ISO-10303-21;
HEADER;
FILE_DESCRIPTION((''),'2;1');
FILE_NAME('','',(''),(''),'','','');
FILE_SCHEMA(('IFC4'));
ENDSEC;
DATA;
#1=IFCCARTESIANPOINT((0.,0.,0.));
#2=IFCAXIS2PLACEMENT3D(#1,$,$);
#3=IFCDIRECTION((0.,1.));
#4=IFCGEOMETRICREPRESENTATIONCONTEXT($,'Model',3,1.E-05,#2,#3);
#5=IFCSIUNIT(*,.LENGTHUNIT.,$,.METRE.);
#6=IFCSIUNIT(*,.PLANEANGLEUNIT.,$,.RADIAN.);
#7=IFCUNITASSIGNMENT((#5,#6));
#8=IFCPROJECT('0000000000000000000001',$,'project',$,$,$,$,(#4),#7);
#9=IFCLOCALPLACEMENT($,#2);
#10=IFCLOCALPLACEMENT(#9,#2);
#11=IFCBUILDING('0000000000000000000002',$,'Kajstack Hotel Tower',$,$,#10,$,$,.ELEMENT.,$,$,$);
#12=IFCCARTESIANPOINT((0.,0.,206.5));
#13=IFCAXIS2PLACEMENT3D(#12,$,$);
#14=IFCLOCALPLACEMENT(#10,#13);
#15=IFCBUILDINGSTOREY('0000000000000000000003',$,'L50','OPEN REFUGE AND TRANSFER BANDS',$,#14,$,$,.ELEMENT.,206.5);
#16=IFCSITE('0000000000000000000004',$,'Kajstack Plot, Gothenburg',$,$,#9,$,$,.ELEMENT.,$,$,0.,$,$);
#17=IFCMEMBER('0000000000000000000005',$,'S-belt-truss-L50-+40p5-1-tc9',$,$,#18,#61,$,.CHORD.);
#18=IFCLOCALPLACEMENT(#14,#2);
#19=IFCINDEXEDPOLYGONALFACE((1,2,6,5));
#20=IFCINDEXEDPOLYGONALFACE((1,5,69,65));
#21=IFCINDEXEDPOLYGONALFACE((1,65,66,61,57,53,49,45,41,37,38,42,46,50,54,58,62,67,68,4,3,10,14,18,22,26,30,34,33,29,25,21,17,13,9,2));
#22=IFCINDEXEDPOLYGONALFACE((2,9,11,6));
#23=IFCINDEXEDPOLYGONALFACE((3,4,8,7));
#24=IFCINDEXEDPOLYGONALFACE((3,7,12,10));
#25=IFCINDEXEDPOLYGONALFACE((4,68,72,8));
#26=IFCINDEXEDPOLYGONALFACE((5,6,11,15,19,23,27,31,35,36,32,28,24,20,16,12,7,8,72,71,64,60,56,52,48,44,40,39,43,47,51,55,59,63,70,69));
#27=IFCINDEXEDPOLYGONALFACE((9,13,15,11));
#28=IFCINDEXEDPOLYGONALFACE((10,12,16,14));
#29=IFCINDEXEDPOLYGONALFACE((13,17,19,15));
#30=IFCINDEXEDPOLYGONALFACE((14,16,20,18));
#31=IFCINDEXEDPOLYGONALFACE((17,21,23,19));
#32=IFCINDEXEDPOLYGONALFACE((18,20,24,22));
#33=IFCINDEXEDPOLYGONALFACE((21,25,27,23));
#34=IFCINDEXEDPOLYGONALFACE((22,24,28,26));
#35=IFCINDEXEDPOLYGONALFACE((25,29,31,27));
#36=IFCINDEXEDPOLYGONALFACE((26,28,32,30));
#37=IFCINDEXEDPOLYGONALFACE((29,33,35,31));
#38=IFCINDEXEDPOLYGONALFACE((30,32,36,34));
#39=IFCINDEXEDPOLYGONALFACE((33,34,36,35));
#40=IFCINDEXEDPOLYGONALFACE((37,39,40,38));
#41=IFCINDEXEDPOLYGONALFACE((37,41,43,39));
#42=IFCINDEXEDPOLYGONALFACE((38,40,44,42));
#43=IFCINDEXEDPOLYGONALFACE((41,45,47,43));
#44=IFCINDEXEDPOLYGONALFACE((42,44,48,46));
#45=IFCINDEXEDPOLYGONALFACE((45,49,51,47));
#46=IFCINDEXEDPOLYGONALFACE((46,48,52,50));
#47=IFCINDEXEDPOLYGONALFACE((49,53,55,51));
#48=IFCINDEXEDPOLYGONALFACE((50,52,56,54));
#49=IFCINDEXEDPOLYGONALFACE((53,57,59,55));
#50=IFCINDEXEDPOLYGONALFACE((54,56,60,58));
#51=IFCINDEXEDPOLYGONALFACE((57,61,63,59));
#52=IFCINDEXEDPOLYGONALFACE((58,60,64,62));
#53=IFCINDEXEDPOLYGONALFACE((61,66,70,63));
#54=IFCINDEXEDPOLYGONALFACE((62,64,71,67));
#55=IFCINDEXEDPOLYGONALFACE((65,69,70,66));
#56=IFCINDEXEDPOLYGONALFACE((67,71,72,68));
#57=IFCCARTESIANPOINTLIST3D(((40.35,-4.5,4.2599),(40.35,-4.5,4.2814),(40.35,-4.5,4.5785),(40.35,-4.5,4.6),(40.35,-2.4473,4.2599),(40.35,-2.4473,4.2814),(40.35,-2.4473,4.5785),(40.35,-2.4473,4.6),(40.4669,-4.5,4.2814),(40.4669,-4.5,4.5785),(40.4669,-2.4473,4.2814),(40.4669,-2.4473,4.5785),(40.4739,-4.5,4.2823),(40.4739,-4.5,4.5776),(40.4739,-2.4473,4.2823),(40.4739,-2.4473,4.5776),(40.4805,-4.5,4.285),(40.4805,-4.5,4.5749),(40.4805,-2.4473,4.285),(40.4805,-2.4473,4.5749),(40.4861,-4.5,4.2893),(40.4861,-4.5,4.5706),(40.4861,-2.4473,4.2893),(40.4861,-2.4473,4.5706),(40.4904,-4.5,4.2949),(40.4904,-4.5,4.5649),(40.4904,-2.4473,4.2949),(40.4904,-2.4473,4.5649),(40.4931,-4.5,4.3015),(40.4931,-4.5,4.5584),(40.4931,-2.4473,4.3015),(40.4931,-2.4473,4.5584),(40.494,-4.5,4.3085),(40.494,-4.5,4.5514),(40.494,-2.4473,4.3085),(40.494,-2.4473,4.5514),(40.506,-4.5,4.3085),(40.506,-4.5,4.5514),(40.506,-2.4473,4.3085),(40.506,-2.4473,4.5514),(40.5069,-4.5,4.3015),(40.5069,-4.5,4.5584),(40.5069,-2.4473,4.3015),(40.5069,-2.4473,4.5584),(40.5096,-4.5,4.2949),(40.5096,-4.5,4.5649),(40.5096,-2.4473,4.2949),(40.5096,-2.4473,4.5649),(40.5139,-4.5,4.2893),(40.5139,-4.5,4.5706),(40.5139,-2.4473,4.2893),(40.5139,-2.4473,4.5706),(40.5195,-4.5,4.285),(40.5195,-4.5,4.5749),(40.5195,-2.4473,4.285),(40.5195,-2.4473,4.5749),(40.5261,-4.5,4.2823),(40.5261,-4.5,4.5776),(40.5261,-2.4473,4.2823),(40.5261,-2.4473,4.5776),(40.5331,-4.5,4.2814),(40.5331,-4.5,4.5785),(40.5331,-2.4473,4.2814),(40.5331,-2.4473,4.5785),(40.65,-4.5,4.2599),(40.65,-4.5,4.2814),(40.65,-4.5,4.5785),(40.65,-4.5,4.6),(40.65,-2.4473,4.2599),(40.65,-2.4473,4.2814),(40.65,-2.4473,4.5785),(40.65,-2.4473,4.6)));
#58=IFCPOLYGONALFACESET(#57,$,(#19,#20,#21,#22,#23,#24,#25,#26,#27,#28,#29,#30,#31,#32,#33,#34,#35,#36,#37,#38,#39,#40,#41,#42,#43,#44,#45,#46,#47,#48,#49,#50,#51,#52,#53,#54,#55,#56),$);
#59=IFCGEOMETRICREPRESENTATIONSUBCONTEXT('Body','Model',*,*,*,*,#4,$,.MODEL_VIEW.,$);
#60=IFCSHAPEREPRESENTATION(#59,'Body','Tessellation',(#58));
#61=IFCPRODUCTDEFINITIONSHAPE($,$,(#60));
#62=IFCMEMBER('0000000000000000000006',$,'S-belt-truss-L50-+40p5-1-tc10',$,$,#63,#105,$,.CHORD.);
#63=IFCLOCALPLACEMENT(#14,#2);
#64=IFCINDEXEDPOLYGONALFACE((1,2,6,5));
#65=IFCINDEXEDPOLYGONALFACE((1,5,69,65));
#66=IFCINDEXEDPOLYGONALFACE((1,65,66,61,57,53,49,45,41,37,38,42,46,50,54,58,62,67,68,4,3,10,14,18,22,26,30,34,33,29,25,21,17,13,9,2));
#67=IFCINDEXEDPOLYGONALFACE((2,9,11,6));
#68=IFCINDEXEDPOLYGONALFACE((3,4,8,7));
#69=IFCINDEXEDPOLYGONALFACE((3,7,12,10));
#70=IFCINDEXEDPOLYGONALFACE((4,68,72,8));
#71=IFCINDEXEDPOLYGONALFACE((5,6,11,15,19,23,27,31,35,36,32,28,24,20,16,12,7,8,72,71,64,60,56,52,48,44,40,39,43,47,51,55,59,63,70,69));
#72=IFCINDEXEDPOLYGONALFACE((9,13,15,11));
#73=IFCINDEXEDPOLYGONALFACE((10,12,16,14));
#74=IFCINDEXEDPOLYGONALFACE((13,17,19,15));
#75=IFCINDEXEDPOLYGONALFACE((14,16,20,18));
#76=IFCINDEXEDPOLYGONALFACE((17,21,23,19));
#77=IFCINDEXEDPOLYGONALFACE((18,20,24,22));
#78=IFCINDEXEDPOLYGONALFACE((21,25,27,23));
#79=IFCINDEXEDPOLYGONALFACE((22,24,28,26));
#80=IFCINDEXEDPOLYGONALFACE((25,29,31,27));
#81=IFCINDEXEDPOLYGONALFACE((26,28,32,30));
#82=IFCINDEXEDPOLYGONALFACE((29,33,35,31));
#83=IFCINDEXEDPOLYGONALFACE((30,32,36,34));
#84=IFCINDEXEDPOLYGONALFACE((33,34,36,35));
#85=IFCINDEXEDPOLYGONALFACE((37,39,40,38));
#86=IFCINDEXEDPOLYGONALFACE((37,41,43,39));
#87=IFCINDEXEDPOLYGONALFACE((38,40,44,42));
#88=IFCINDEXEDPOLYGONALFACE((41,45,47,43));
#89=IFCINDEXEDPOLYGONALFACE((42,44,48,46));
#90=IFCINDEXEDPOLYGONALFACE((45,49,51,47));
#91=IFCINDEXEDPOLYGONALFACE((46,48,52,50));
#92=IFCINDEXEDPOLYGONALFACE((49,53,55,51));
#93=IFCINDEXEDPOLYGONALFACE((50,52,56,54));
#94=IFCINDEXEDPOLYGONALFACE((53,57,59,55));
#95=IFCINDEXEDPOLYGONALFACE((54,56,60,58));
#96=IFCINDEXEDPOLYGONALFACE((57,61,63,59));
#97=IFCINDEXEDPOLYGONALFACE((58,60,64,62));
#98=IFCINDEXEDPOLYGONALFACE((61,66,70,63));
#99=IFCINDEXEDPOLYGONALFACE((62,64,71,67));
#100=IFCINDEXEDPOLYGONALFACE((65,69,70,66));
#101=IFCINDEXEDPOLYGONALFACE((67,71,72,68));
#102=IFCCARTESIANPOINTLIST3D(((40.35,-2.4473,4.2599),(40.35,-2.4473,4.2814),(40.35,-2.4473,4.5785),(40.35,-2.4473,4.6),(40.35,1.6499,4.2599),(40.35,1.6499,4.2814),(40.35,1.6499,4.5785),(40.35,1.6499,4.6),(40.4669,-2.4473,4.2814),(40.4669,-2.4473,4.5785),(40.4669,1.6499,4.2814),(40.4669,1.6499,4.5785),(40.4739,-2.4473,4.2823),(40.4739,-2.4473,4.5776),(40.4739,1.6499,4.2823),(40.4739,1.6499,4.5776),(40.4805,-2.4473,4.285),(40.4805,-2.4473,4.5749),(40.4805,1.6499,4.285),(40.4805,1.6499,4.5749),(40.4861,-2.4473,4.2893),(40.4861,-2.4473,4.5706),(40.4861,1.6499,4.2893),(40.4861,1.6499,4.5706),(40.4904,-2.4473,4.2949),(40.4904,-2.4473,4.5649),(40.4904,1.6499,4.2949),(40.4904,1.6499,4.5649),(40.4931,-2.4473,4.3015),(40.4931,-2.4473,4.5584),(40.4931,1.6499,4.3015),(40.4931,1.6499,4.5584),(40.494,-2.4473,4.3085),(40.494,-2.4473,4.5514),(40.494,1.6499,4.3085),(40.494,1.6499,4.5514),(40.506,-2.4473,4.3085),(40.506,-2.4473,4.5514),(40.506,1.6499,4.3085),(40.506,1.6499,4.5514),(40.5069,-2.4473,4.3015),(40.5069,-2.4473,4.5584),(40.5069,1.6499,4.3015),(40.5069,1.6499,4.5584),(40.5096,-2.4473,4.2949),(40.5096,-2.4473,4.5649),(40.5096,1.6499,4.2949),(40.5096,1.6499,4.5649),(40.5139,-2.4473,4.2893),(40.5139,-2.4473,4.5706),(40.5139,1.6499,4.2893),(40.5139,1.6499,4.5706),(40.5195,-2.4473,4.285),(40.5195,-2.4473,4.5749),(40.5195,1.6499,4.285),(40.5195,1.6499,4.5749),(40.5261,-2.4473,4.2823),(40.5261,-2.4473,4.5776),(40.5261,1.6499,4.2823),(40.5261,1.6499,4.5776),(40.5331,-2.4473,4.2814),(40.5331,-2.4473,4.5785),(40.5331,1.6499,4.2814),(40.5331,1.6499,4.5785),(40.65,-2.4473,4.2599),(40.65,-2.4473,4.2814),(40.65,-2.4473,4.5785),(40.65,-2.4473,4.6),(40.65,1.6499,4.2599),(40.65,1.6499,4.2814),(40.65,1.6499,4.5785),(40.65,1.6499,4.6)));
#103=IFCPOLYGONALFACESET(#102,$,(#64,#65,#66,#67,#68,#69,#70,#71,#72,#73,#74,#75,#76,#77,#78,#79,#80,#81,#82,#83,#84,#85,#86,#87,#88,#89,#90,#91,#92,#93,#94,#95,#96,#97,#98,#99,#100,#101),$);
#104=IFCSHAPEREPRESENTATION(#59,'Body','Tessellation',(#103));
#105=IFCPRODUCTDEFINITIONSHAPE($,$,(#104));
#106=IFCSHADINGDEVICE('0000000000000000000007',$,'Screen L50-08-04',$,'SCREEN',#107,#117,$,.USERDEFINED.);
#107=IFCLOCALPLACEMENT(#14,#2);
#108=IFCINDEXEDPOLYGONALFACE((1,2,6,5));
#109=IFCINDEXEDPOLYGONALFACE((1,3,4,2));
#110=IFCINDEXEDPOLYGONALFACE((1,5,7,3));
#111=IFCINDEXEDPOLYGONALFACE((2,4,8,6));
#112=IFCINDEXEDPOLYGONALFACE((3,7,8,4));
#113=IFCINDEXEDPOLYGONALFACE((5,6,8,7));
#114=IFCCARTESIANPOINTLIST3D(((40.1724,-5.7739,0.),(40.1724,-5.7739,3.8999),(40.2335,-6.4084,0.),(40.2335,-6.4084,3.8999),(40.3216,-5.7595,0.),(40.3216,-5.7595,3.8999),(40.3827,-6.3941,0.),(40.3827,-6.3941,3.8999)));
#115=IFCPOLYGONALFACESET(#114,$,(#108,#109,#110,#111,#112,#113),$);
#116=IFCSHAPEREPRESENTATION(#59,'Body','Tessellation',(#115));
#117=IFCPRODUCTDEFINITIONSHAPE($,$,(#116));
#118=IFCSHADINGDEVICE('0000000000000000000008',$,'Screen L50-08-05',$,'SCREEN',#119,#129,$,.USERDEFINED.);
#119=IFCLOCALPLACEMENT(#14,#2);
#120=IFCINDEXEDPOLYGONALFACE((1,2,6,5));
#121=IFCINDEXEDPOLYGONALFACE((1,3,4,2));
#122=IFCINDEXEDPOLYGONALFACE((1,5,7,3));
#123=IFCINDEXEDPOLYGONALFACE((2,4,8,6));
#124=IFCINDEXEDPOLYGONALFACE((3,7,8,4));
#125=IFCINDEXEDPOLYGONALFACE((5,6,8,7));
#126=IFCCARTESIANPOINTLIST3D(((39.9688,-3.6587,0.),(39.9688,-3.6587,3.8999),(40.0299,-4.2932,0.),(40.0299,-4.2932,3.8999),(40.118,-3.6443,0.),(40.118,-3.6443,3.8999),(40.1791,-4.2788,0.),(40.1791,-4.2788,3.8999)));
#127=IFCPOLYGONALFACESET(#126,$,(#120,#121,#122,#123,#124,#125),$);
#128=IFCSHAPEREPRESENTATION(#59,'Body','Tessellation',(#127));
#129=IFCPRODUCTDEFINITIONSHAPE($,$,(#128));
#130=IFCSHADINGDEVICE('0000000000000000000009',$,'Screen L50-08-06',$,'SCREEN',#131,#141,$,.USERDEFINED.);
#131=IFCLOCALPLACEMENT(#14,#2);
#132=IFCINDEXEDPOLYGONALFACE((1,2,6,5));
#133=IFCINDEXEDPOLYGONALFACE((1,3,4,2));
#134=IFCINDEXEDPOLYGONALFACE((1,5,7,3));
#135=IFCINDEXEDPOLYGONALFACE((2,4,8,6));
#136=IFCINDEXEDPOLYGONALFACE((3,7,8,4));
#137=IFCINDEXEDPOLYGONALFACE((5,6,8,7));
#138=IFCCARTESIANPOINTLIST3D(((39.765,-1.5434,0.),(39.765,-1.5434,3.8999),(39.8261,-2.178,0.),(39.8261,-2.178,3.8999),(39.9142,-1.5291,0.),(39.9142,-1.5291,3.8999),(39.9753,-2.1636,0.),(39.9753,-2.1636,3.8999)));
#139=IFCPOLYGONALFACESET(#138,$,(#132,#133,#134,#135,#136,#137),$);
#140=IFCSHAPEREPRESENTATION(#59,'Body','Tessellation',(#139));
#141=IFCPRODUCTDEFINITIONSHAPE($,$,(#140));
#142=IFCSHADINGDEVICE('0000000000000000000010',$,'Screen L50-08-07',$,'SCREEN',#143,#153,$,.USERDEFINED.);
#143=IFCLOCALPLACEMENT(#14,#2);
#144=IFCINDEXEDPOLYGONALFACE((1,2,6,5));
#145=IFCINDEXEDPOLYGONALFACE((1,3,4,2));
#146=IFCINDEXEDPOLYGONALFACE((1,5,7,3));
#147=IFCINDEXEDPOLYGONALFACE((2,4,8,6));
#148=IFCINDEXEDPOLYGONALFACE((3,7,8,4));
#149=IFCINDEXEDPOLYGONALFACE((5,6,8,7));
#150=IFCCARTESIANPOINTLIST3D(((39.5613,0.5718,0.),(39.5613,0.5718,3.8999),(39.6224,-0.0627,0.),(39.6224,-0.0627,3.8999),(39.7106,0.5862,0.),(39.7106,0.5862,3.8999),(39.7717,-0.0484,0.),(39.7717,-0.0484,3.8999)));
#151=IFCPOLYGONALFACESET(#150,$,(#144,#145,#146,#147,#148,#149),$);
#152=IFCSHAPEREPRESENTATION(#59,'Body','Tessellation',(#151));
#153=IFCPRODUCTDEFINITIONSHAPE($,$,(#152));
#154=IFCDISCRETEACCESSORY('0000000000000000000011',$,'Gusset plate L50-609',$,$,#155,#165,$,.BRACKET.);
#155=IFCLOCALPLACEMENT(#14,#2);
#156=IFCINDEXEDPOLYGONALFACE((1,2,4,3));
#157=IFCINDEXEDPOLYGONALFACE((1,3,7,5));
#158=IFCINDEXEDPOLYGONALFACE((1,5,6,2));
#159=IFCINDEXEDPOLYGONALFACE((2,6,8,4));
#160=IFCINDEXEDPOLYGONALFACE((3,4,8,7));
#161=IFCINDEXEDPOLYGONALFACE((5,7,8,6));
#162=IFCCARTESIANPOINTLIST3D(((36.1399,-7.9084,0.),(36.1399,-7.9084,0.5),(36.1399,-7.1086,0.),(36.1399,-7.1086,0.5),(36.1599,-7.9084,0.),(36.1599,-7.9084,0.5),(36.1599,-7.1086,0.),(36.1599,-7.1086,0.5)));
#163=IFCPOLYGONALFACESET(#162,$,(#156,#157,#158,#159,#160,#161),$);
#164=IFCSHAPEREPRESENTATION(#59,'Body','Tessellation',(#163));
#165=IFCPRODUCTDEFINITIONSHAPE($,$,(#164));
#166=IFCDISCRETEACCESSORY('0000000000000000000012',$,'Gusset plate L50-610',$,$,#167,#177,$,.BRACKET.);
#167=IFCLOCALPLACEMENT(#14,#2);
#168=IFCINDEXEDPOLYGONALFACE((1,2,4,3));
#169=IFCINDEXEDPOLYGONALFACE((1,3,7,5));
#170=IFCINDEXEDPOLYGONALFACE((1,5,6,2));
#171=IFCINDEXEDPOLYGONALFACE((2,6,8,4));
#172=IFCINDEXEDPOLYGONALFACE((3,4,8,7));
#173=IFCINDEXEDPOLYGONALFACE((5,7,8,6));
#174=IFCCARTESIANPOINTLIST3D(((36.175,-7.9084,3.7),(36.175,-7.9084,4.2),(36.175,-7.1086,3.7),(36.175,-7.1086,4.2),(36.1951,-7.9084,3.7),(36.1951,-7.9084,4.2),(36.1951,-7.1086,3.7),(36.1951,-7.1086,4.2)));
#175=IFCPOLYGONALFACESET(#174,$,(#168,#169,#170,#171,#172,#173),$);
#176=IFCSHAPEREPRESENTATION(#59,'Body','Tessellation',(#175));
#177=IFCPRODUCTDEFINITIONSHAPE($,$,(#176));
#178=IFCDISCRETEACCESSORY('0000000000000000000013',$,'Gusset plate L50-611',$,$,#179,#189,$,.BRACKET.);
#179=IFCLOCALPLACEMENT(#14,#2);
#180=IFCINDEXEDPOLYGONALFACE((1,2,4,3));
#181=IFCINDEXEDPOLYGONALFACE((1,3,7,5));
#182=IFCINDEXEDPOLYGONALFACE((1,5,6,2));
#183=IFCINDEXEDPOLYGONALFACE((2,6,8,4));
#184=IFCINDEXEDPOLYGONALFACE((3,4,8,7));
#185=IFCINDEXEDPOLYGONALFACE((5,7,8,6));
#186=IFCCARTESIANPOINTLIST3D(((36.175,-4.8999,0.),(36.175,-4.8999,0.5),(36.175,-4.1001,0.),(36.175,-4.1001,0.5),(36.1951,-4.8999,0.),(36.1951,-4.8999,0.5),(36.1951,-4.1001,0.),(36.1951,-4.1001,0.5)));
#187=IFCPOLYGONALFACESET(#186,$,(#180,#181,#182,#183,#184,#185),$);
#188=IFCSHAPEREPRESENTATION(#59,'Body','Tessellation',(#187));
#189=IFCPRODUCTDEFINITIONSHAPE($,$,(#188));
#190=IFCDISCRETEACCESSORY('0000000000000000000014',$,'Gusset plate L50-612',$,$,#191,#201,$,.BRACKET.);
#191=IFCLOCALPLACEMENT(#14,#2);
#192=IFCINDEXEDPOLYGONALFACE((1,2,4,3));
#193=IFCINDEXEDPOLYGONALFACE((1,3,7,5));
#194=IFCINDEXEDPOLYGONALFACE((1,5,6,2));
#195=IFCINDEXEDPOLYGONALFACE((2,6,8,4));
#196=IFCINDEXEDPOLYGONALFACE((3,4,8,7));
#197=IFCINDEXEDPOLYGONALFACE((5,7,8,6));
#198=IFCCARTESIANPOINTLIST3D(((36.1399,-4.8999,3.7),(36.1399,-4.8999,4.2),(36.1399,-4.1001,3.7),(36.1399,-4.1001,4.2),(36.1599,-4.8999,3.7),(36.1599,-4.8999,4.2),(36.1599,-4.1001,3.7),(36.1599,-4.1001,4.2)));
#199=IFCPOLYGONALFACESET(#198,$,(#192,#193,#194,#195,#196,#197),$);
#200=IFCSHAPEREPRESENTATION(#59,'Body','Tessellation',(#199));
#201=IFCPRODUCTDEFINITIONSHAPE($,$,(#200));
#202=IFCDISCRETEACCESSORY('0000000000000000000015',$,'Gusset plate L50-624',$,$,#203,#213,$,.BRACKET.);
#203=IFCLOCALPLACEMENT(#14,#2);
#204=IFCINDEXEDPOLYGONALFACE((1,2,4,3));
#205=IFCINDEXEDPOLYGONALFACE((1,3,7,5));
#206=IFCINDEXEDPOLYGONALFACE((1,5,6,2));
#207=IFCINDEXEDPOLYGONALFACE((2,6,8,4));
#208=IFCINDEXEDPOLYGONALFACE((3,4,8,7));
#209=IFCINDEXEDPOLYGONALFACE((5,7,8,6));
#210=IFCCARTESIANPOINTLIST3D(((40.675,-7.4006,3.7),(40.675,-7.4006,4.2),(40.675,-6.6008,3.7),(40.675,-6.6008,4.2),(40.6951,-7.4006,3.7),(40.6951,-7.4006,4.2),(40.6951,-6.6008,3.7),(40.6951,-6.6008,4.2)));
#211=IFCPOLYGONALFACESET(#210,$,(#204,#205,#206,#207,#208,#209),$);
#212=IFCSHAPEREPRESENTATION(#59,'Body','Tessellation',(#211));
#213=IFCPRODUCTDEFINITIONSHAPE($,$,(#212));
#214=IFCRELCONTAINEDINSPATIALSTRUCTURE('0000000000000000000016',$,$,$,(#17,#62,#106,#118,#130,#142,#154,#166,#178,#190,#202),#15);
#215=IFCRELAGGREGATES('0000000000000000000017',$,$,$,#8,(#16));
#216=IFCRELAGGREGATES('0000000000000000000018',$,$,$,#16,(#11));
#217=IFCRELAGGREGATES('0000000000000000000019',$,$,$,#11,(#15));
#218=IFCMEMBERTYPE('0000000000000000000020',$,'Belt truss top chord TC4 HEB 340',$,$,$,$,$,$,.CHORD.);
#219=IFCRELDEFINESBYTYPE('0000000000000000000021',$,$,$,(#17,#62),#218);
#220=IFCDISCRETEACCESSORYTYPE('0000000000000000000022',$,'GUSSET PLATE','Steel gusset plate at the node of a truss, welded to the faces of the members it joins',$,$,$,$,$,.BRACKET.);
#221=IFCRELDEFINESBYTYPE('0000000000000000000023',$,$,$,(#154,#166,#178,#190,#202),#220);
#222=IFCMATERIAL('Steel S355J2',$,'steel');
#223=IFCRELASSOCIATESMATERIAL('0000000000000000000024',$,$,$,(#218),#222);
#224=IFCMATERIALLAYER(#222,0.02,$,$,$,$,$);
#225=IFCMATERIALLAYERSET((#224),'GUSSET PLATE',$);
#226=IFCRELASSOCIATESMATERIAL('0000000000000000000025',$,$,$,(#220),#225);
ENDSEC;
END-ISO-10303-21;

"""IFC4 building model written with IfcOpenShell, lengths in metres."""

from ifc_helpers import new_model, si_unit, direction, frame, origin, origin_2d, place, context, subcontext, project, spatial, polyline, rectangle, i_section, outline, extrude, material, layer, layer_set, material_profile, profile_set, type_object, element, save


model = new_model("IFC4")

# Units and contexts
model_context = context("Model", 3, precision=1e-05, world=origin(), true_north=direction((0.0, 1.0)))
body_context = subcontext(model_context, "Body", "Model", "MODEL_VIEW")
ifc_project = project(units=[si_unit("LENGTHUNIT", "METRE"), si_unit("PLANEANGLEUNIT", "RADIAN")], contexts=[model_context])

# Site, building, storey
site_placement = place(None, origin())
site = spatial("IfcSite", under=ifc_project, at=site_placement, Name="Kajstack Plot, Gothenburg", CompositionType="ELEMENT", RefElevation=0.0)
building_placement = place(site_placement, origin())
building = spatial("IfcBuilding", under=site, at=building_placement, Name="Kajstack Hotel Tower", CompositionType="ELEMENT")
storey_placement = place(building_placement, frame((0.0, 0.0, 206.5)))
storey = spatial("IfcBuildingStorey", under=building, at=storey_placement, Name="L50", Description="OPEN REFUGE AND TRANSFER BANDS", CompositionType="ELEMENT", Elevation=206.5)

# Members
ifc_material = material(Name="Steel S355J2", Category="steel")
ifc_material_profile_1 = material_profile(ifc_material, i_section(OverallWidth=0.3, OverallDepth=0.3401, WebThickness=0.012, FlangeThickness=0.0215, FilletRadius=0.0271, at=origin_2d()), Name="HEB 340")
ifc_profile_set_1 = profile_set([ifc_material_profile_1], Name="Steel S355J2")
member_type_1 = type_object("IfcMemberType", Name="Belt truss top chord TC4 HEB 340", PredefinedType="CHORD", material=ifc_profile_set_1)
member_1_placement = place(storey_placement, frame((40.5, -4.5, 4.4299), z_axis=(0.0, 1.0, 0.0), x_axis=(-1.0, 0.0, 0.0)))
element("IfcMember", 1, at=member_1_placement, inside=storey, type_object=member_type_1, Name="S-belt-truss-L50-+40p5-1-tc9", PredefinedType="CHORD", context=body_context, shape_type="SweptSolid", body=[
    extrude(i_section(OverallWidth=0.3, OverallDepth=0.3401, WebThickness=0.012, FlangeThickness=0.0215, FilletRadius=0.0271, at=origin_2d()), origin(), (0.0, 0.0, 1.0), 2.0527),
])
member_2_placement = place(storey_placement, frame((40.5, -2.4473, 4.4299), z_axis=(0.0, 1.0, 0.0), x_axis=(-1.0, 0.0, 0.0)))
element("IfcMember", 2, at=member_2_placement, inside=storey, type_object=member_type_1, Name="S-belt-truss-L50-+40p5-1-tc10", PredefinedType="CHORD", context=body_context, shape_type="SweptSolid", body=[
    extrude(i_section(OverallWidth=0.3, OverallDepth=0.3401, WebThickness=0.012, FlangeThickness=0.0215, FilletRadius=0.0271, at=origin_2d()), origin(), (0.0, 0.0, 1.0), 4.0972),
])

# Shading devices
for number, where, z_axis, x_axis, name in (
    (3, (40.2776, -6.084, 0.0), (0.0, 0.0, 1.0), (-0.095844, 0.995396, 0.0), "Screen L50-08-04"),
    (4, (40.074, -3.9688, 0.0), (0.0, 0.0, 1.0), (-0.095844, 0.995396, 0.0), "Screen L50-08-05"),
    (5, (39.8701, -1.8535, 0.0), (0.0, 0.0, 1.0), (-0.095844, 0.995396, 0.0), "Screen L50-08-06"),
    (6, (39.6665, 0.2617, 0.0), (0.0, 0.0, 1.0), (-0.095844, 0.995396, 0.0), "Screen L50-08-07"),
):
    element("IfcShadingDevice", number, at=place(storey_placement, frame(where, z_axis=z_axis, x_axis=x_axis)), inside=storey, Name=name, ObjectType="SCREEN", PredefinedType="USERDEFINED", context=body_context, shape_type="SweptSolid", body=[
        extrude(rectangle(XDim=0.6375, YDim=0.1499, at=origin_2d()), origin(), (0.0, 0.0, 1.0), 3.8999),
    ])

# Discrete accessories
ifc_layer = layer(ifc_material, 0.02)
ifc_layer_set = layer_set([ifc_layer], Name="GUSSET PLATE")
discrete_accessory_type = type_object("IfcDiscreteAccessoryType", Name="GUSSET PLATE", Description="Steel gusset plate at the node of a truss, welded to the faces of the members it joins", PredefinedType="BRACKET", material=ifc_layer_set)
for number, where, z_axis, x_axis, name in (
    (7, (36.1399, -7.5085, 0.0), (1.0, 0.0, 0.0), (0.0, 1.0, 0.0), "Gusset plate L50-609"),
    (8, (36.175, -7.5085, 3.7), (1.0, 0.0, 0.0), (0.0, 1.0, 0.0), "Gusset plate L50-610"),
    (9, (36.175, -4.5, 0.0), (1.0, 0.0, 0.0), (0.0, 1.0, 0.0), "Gusset plate L50-611"),
    (10, (36.1399, -4.5, 3.7), (1.0, 0.0, 0.0), (0.0, 1.0, 0.0), "Gusset plate L50-612"),
):
    element("IfcDiscreteAccessory", number, at=place(storey_placement, frame(where, z_axis=z_axis, x_axis=x_axis)), inside=storey, type_object=discrete_accessory_type, Name=name, PredefinedType="BRACKET", context=body_context, shape_type="SweptSolid", body=[
        extrude(outline(polyline([(-0.3999, 0.0), (0.3999, 0.0), (0.3999, 0.5), (-0.3999, 0.5), (-0.3999, 0.0)])), origin(), (0.0, 0.0, 1.0), 0.02),
    ])
for number, where, z_axis, x_axis, name in (
    (11, (40.675, -7.0007, 3.7), (1.0, 0.0, 0.0), (0.0, 1.0, 0.0), "Gusset plate L50-624"),
):
    element("IfcDiscreteAccessory", number, at=place(storey_placement, frame(where, z_axis=z_axis, x_axis=x_axis)), inside=storey, type_object=discrete_accessory_type, Name=name, PredefinedType="BRACKET", context=body_context, shape_type="SweptSolid", body=[
        extrude(outline(polyline([(-0.3999, 0.0), (0.3999, 0.0), (0.3999, 0.5), (-0.3999, 0.5), (-0.3999, 0.0)])), origin(), (0.0, 0.0, 1.0), 0.02),
    ])

save(model, "model.ifc")
